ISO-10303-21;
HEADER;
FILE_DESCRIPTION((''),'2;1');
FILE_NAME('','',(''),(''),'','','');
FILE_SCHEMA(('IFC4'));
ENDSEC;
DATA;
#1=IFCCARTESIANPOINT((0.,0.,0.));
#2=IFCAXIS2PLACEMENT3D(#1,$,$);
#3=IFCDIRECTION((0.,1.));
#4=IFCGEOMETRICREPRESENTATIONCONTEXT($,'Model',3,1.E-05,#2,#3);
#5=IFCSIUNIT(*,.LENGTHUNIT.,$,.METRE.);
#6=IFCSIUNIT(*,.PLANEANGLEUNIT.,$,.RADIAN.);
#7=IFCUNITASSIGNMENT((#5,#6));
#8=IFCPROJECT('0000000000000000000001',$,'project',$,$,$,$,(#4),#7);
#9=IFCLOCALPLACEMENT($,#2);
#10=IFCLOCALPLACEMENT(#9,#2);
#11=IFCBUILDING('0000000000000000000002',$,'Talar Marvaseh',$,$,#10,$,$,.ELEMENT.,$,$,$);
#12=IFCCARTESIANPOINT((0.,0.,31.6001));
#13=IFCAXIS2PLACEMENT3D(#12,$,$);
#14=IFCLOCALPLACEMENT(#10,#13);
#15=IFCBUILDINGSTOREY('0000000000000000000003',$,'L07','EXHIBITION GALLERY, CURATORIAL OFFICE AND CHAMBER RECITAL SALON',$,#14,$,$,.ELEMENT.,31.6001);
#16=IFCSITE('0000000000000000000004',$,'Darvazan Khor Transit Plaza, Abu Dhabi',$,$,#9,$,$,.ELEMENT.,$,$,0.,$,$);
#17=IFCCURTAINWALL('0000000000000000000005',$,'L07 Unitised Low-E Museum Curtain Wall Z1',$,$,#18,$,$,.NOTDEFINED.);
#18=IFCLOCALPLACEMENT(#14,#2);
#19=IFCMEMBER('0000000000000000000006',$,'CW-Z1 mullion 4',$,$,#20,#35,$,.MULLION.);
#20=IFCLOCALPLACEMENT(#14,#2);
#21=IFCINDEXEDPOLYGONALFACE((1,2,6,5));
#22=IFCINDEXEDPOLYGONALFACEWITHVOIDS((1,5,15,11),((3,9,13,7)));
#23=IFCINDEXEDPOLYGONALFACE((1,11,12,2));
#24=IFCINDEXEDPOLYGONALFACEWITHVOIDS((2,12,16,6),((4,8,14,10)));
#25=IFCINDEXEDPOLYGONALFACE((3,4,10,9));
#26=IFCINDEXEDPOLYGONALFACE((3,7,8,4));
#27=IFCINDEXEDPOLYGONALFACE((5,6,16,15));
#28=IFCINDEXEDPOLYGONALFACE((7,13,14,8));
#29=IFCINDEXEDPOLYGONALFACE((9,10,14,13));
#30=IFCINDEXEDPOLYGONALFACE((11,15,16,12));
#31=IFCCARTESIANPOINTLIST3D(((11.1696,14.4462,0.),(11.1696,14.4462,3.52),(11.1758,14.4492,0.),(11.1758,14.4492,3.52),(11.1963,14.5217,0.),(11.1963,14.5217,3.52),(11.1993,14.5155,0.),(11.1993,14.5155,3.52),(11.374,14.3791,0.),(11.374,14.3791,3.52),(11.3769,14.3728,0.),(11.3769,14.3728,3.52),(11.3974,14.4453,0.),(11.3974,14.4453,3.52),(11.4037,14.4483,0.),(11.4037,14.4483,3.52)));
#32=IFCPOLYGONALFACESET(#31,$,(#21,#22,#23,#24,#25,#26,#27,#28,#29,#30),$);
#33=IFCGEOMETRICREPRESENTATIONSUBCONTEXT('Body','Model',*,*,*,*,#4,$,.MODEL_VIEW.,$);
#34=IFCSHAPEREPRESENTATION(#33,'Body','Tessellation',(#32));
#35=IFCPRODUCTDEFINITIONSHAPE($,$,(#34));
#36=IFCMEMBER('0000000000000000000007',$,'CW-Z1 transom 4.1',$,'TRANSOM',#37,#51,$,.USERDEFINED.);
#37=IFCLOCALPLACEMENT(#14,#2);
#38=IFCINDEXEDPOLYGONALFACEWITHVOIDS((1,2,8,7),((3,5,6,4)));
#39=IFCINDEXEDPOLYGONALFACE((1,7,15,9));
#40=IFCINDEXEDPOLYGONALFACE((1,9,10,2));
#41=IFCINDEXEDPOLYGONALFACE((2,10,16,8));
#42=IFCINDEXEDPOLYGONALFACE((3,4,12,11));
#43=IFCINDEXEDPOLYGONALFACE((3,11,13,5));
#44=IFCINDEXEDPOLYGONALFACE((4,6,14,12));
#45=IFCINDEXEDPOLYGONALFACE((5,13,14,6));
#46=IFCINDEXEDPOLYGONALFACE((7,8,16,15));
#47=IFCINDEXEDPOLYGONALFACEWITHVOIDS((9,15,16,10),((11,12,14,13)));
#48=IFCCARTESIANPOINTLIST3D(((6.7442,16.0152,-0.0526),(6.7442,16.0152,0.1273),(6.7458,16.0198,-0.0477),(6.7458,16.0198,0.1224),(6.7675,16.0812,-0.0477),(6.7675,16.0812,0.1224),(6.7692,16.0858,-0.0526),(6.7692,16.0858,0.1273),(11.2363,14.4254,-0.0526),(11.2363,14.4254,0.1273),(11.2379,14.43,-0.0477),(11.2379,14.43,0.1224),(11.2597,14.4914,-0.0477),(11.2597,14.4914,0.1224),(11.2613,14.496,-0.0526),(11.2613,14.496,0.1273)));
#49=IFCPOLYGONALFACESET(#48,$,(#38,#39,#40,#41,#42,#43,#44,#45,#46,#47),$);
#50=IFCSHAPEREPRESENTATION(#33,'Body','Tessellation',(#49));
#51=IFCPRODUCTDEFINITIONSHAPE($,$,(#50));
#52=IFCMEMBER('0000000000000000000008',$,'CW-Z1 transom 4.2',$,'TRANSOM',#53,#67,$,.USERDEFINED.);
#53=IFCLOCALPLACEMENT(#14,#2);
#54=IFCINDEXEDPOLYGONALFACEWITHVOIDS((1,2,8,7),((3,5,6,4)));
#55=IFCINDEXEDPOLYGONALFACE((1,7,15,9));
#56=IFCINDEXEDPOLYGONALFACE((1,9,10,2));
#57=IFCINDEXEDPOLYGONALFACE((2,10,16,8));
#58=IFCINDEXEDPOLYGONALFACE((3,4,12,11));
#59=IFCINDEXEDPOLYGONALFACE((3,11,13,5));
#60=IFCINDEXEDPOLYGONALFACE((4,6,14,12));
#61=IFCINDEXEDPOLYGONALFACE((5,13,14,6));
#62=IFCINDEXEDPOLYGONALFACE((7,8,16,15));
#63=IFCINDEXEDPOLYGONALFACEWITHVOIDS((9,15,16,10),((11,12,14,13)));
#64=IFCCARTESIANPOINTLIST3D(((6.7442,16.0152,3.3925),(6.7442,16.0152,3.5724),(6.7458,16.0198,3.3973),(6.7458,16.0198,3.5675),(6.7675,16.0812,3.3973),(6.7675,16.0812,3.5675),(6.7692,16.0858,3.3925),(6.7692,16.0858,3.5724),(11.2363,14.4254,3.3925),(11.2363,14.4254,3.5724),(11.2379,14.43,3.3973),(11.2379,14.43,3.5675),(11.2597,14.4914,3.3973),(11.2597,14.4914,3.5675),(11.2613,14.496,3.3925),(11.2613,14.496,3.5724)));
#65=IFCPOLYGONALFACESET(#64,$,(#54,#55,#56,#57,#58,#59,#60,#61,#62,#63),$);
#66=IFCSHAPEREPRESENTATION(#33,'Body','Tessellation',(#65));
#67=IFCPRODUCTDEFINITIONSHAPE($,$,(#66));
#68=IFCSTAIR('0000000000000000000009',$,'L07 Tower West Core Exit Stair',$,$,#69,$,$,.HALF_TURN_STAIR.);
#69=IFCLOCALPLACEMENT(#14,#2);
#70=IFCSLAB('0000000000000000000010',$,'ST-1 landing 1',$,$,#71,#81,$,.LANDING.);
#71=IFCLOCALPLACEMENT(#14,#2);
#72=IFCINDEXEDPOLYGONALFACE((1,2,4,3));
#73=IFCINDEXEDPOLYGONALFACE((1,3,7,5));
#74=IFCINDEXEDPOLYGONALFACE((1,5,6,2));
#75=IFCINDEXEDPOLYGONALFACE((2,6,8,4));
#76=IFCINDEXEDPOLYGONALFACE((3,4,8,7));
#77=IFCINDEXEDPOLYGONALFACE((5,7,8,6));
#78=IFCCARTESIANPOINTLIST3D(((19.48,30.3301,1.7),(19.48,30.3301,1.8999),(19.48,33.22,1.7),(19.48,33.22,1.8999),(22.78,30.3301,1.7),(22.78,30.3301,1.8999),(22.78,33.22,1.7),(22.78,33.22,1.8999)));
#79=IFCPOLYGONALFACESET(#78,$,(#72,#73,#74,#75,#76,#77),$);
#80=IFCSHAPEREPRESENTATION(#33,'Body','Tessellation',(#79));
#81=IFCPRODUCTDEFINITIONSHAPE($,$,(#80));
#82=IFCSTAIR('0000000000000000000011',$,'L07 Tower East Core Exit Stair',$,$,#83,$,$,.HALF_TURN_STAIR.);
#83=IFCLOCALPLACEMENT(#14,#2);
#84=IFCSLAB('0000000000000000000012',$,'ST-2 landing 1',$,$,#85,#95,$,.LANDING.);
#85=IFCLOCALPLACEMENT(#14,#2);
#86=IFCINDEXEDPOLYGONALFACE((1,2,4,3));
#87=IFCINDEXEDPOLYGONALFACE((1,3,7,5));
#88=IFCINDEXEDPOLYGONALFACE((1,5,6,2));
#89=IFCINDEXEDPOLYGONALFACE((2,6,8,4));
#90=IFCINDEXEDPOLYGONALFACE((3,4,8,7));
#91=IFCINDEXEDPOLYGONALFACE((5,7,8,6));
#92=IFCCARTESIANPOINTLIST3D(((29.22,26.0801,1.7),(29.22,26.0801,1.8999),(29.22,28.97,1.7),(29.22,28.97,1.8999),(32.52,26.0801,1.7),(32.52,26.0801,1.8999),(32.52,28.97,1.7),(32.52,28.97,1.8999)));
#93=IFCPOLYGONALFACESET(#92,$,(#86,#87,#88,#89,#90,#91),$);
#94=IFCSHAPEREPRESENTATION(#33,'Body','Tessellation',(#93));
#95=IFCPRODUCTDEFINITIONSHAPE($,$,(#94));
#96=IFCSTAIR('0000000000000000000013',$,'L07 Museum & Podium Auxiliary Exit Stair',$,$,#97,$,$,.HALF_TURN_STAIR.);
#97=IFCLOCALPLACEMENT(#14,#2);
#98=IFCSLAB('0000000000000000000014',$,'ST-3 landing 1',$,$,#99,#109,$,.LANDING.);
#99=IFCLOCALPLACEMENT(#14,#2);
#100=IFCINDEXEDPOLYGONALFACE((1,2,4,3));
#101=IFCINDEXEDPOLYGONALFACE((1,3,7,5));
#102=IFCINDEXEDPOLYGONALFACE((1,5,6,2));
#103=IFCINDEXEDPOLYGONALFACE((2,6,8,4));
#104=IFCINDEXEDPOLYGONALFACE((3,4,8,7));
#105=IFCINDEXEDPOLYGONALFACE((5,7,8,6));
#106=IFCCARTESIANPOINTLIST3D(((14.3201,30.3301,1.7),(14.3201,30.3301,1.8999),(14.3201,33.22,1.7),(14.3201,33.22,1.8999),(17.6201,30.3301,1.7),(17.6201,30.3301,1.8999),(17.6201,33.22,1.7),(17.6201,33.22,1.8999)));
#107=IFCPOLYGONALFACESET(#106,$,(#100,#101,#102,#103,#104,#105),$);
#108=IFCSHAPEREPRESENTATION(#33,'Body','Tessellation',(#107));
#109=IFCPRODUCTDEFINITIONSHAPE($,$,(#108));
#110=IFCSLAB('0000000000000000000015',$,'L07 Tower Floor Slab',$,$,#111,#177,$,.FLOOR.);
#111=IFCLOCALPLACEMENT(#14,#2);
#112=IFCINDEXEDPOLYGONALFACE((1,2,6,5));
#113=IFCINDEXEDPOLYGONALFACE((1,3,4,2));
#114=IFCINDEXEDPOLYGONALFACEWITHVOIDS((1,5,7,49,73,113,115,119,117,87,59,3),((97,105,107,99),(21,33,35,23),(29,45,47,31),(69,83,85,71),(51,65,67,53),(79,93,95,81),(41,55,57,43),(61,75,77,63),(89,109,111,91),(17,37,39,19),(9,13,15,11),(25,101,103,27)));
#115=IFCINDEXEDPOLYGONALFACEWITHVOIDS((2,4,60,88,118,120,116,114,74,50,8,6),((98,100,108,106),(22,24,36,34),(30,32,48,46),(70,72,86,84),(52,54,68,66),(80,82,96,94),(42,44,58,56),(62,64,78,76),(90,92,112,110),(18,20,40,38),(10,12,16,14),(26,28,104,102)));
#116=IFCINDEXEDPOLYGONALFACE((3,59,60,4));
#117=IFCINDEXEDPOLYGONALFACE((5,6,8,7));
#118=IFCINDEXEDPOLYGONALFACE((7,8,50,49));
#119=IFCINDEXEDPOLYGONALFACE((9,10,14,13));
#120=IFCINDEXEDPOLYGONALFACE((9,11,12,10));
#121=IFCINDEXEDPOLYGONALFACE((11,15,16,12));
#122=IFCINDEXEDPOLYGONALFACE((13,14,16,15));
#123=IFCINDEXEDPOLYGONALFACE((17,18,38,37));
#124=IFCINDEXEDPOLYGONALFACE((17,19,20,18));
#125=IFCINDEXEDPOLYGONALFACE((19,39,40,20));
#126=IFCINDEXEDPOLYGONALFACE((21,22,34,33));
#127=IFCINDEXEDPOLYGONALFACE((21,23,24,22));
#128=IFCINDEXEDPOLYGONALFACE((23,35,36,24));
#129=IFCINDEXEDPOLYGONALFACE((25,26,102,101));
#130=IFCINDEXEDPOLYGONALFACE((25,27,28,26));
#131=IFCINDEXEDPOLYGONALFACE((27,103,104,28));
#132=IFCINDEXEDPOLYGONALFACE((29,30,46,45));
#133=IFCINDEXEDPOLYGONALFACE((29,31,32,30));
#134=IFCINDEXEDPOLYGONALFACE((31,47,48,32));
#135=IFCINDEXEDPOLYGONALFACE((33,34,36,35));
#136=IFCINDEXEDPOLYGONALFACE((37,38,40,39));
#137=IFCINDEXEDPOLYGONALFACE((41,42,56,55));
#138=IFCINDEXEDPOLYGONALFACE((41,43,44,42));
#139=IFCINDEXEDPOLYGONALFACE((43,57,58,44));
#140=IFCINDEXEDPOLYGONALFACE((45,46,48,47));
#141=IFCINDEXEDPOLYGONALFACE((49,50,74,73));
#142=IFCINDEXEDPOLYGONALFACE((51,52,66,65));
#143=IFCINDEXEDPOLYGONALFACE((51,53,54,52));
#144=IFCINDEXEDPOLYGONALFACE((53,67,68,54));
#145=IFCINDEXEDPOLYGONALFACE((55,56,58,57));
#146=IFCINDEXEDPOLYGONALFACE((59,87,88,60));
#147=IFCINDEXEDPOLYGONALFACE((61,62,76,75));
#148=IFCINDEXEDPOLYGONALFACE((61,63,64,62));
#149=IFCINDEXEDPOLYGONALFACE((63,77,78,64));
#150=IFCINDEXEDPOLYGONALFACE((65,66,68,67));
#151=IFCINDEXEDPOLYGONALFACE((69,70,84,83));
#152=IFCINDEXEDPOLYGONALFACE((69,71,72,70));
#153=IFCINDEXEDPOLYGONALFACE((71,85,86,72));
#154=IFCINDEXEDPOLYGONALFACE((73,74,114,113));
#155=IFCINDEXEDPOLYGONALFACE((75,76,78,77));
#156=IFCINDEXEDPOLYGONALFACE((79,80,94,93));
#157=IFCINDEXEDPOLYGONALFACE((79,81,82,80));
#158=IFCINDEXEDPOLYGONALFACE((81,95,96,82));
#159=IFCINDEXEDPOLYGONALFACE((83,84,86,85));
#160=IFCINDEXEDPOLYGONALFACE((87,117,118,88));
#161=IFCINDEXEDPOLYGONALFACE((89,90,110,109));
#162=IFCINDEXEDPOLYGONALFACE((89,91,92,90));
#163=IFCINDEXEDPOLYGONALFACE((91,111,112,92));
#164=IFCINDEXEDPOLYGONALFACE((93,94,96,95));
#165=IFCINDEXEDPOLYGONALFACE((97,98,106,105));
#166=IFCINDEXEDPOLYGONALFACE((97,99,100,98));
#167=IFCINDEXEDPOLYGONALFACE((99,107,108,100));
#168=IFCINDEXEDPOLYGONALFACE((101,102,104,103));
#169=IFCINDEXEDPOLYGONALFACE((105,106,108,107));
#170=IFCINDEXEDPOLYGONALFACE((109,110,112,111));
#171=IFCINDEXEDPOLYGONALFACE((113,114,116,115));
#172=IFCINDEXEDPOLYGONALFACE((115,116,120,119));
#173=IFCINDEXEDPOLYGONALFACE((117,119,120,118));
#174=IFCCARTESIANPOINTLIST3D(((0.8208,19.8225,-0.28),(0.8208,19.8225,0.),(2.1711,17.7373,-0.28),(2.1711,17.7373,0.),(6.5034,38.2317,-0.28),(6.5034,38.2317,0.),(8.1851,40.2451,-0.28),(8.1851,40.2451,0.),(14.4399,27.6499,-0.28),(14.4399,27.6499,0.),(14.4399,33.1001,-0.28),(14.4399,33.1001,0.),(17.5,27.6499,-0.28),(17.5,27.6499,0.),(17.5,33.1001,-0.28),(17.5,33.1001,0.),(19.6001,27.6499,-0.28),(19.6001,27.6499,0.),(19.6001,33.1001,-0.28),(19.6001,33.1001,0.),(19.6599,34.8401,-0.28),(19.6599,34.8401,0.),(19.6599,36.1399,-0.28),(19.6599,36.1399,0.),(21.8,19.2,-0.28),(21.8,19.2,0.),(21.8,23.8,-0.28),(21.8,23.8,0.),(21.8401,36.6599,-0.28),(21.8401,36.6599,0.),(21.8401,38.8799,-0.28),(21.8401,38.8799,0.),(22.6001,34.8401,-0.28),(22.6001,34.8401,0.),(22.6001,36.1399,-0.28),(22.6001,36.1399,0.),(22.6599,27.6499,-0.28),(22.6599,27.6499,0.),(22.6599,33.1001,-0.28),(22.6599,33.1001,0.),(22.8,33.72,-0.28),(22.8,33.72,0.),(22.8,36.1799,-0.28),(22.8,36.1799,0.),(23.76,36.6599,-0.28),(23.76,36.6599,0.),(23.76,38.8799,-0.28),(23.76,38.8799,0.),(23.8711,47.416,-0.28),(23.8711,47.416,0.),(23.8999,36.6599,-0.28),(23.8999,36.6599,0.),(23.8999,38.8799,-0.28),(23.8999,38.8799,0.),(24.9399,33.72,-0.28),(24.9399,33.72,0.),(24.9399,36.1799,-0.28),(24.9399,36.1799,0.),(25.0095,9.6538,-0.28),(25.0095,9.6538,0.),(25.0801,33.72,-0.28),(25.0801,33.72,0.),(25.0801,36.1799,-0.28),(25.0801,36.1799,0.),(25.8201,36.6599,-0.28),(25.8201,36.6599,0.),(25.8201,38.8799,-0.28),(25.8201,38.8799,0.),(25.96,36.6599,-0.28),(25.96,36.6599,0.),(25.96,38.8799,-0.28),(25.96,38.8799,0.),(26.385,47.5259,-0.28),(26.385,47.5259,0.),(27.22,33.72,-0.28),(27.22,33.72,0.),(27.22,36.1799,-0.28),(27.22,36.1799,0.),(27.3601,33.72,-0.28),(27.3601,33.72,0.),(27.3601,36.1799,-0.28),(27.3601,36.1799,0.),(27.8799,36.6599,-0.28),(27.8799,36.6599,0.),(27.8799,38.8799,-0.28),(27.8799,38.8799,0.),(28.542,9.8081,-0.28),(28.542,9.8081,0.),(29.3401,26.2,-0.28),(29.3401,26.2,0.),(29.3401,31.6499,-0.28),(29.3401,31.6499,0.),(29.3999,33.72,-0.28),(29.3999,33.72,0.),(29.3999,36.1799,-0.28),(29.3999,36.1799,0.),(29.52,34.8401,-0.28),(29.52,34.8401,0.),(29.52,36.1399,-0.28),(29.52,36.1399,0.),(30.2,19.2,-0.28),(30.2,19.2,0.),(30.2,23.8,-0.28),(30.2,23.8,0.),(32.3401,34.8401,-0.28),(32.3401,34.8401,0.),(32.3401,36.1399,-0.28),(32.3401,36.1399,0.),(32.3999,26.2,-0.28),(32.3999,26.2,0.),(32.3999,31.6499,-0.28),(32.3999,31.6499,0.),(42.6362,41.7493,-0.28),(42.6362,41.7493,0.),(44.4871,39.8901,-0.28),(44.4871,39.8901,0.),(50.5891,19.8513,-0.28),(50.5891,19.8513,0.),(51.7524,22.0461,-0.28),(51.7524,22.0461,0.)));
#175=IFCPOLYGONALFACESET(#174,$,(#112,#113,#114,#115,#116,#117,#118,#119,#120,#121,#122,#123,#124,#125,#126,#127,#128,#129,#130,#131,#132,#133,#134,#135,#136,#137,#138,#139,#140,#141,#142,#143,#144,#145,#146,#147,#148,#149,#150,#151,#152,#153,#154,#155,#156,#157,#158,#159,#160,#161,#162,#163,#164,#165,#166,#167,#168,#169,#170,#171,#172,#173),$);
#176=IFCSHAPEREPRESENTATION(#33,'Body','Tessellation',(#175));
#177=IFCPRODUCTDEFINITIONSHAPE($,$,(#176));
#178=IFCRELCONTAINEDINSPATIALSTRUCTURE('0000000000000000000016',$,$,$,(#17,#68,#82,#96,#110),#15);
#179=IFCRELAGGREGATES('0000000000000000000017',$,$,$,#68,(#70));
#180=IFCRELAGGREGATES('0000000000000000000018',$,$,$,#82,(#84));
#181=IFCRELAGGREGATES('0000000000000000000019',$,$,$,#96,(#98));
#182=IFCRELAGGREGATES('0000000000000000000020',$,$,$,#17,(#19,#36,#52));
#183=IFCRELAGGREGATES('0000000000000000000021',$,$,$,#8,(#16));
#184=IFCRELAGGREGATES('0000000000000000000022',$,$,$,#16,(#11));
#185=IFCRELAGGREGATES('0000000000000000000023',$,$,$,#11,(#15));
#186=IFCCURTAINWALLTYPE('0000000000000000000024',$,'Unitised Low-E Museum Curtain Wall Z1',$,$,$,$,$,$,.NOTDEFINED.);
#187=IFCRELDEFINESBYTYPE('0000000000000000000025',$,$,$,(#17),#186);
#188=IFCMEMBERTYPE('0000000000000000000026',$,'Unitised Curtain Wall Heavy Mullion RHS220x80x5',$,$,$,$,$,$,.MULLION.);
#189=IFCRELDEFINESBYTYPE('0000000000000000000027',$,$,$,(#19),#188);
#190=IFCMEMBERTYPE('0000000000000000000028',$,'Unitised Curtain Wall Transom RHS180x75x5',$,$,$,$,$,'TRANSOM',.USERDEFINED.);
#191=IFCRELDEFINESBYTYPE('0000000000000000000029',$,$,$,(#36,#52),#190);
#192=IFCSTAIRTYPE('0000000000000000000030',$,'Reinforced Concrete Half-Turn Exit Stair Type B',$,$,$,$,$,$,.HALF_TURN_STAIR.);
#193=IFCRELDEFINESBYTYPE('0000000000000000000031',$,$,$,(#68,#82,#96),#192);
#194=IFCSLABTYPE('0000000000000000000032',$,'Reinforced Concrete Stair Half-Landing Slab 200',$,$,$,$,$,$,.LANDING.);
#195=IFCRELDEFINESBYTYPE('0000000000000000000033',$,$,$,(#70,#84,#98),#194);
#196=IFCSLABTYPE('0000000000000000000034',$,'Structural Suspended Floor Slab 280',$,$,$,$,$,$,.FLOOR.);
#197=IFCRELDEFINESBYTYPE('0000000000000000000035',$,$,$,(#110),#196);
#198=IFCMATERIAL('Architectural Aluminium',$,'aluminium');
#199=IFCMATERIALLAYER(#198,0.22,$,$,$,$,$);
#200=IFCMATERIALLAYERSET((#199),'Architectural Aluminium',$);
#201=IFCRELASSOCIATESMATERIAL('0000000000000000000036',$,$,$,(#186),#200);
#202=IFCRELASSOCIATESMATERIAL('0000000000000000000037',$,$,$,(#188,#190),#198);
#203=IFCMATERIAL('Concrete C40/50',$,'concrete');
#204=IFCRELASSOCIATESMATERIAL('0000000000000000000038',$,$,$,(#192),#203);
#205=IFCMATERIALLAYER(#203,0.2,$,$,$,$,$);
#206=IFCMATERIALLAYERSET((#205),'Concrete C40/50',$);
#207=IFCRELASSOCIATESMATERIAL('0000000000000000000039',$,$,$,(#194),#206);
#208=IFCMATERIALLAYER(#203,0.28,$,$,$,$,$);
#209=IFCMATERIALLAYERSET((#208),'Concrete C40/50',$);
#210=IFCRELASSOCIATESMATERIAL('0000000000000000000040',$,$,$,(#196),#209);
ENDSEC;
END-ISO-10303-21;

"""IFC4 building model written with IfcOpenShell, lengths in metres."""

from ifc_helpers import new_model, si_unit, direction, frame, origin, origin_2d, place, context, subcontext, project, spatial, polyline, hollow_rectangle, outline, extrude, source, transform, mapped, material, layer, layer_set, material_profile, profile_set, type_object, type_shapes, element, aggregate, save


model = new_model("IFC4")

# Units and contexts
model_context = context("Model", 3, precision=1e-05, world=origin(), true_north=direction((0.0, 1.0)))
body_context = subcontext(model_context, "Body", "Model", "MODEL_VIEW")
ifc_project = project(units=[si_unit("LENGTHUNIT", "METRE"), si_unit("PLANEANGLEUNIT", "RADIAN")], contexts=[model_context])

# Site, building, storey
site_placement = place(None, origin())
site = spatial("IfcSite", under=ifc_project, at=site_placement, Name="Darvazan Khor Transit Plaza, Abu Dhabi", CompositionType="ELEMENT", RefElevation=0.0)
building_placement = place(site_placement, origin())
building = spatial("IfcBuilding", under=site, at=building_placement, Name="Talar Marvaseh", CompositionType="ELEMENT")
storey_placement = place(building_placement, frame((0.0, 0.0, 31.6001)))
storey = spatial("IfcBuildingStorey", under=building, at=storey_placement, Name="L07", Description="EXHIBITION GALLERY, CURATORIAL OFFICE AND CHAMBER RECITAL SALON", CompositionType="ELEMENT", Elevation=31.6001)

# Curtain wall, members
ifc_material_1 = material(Name="Architectural Aluminium", Category="aluminium")
ifc_layer_1 = layer(ifc_material_1, 0.22)
ifc_layer_set_1 = layer_set([ifc_layer_1], Name="Architectural Aluminium")
curtain_wall_type = type_object("IfcCurtainWallType", Name="Unitised Low-E Museum Curtain Wall Z1", PredefinedType="NOTDEFINED", material=ifc_layer_set_1)
curtain_wall_placement = place(storey_placement, origin())
curtain_wall = element("IfcCurtainWall", 1, at=curtain_wall_placement, inside=storey, type_object=curtain_wall_type, Name="L07 Unitised Low-E Museum Curtain Wall Z1", PredefinedType="NOTDEFINED")
ifc_material_profile_1 = material_profile(ifc_material_1, hollow_rectangle(XDim=0.0801, YDim=0.22, WallThickness=0.0049, at=origin_2d()), Name="RHS220x80x5")
ifc_profile_set_1 = profile_set([ifc_material_profile_1], Name="Architectural Aluminium")
member_type_1 = type_object("IfcMemberType", Name="Unitised Curtain Wall Heavy Mullion RHS220x80x5", PredefinedType="MULLION", material=ifc_profile_set_1)
shared_shape_1 = source(origin(), body_context, "Body", "SweptSolid", [
    extrude(hollow_rectangle(XDim=0.0801, YDim=0.22, WallThickness=0.0049, at=origin_2d()), origin(), (0.0, 0.0, 1.0), 3.52),
])
type_shapes(member_type_1, [shared_shape_1])
member_1_placement = place(storey_placement, frame((11.2866, 14.4473, 0.0), z_axis=(0.0, 0.0, 1.0), x_axis=(-0.333661, -0.942693, 0.0)))
member_1 = element("IfcMember", 2, at=member_1_placement, type_object=member_type_1, Name="CW-Z1 mullion 4", PredefinedType="MULLION", context=body_context, shape_type="MappedRepresentation", body=[
    mapped(shared_shape_1, transform((0.0, 0.0, 0.0), x_axis=(1.0, 0.0, 0.0), y_axis=(0.0, 1.0, 0.0), z_axis=(0.0, 0.0, 1.0), scale=1.0)),
])
ifc_material_profile_2 = material_profile(ifc_material_1, hollow_rectangle(XDim=0.075, YDim=0.1799, WallThickness=0.0049, at=origin_2d()), Name="RHS180x75x5")
ifc_profile_set_2 = profile_set([ifc_material_profile_2], Name="Architectural Aluminium")
member_type_2 = type_object("IfcMemberType", Name="Unitised Curtain Wall Transom RHS180x75x5", ElementType="TRANSOM", PredefinedType="USERDEFINED", material=ifc_profile_set_2)
shared_shape_2 = source(origin(), body_context, "Body", "SweptSolid", [
    extrude(hollow_rectangle(XDim=0.075, YDim=0.1799, WallThickness=0.0049, at=origin_2d()), origin(), (0.0, 0.0, 1.0), 4.7651),
])
type_shapes(member_type_2, [shared_shape_2])
member_2_placement = place(storey_placement, frame((11.2488, 14.4607, 0.0374), z_axis=(-0.942702, 0.333635, 0.0), x_axis=(-0.333635, -0.942702, 0.0)))
member_2 = element("IfcMember", 3, at=member_2_placement, type_object=member_type_2, Name="CW-Z1 transom 4.1", ObjectType="TRANSOM", PredefinedType="USERDEFINED", context=body_context, shape_type="MappedRepresentation", body=[
    mapped(shared_shape_2, transform((0.0, 0.0, 0.0), x_axis=(1.0, 0.0, 0.0), y_axis=(0.0, 1.0, 0.0), z_axis=(0.0, 0.0, 1.0), scale=1.0)),
])
member_3_placement = place(storey_placement, frame((11.2488, 14.4607, 3.4824), z_axis=(-0.942702, 0.333635, 0.0), x_axis=(-0.333635, -0.942702, 0.0)))
member_3 = element("IfcMember", 4, at=member_3_placement, type_object=member_type_2, Name="CW-Z1 transom 4.2", ObjectType="TRANSOM", PredefinedType="USERDEFINED", context=body_context, shape_type="MappedRepresentation", body=[
    mapped(shared_shape_2, transform((0.0, 0.0, 0.0), x_axis=(1.0, 0.0, 0.0), y_axis=(0.0, 1.0, 0.0), z_axis=(0.0, 0.0, 1.0), scale=1.0)),
])

# Stairs, slabs
ifc_material_2 = material(Name="Concrete C40/50", Category="concrete")
stair_type = type_object("IfcStairType", Name="Reinforced Concrete Half-Turn Exit Stair Type B", PredefinedType="HALF_TURN_STAIR", material=ifc_material_2)
stair_1_placement = place(storey_placement, origin())
stair_1 = element("IfcStair", 5, at=stair_1_placement, inside=storey, type_object=stair_type, Name="L07 Tower West Core Exit Stair", PredefinedType="HALF_TURN_STAIR")
ifc_layer_2 = layer(ifc_material_2, 0.2)
ifc_layer_set_2 = layer_set([ifc_layer_2], Name="Concrete C40/50")
slab_type_1 = type_object("IfcSlabType", Name="Reinforced Concrete Stair Half-Landing Slab 200", PredefinedType="LANDING", material=ifc_layer_set_2)
slab_1_placement = place(storey_placement, frame((0.0, 0.0, 1.7)))
slab_1 = element("IfcSlab", 6, at=slab_1_placement, type_object=slab_type_1, Name="ST-1 landing 1", PredefinedType="LANDING", context=body_context, shape_type="SweptSolid", body=[
    extrude(outline(polyline([(22.78, 30.3301), (22.78, 33.22), (19.48, 33.22), (19.48, 30.3301), (22.78, 30.3301)])), origin(), (0.0, 0.0, 1.0), 0.2),
])
aggregate(stair_1, [slab_1])
stair_2_placement = place(storey_placement, origin())
stair_2 = element("IfcStair", 7, at=stair_2_placement, inside=storey, type_object=stair_type, Name="L07 Tower East Core Exit Stair", PredefinedType="HALF_TURN_STAIR")
slab_2_placement = place(storey_placement, frame((0.0, 0.0, 1.7)))
slab_2 = element("IfcSlab", 8, at=slab_2_placement, type_object=slab_type_1, Name="ST-2 landing 1", PredefinedType="LANDING", context=body_context, shape_type="SweptSolid", body=[
    extrude(outline(polyline([(29.22, 28.97), (29.22, 26.0801), (32.52, 26.0801), (32.52, 28.97), (29.22, 28.97)])), origin(), (0.0, 0.0, 1.0), 0.2),
])
aggregate(stair_2, [slab_2])
stair_3_placement = place(storey_placement, origin())
stair_3 = element("IfcStair", 9, at=stair_3_placement, inside=storey, type_object=stair_type, Name="L07 Museum & Podium Auxiliary Exit Stair", PredefinedType="HALF_TURN_STAIR")
slab_3_placement = place(storey_placement, frame((0.0, 0.0, 1.7)))
slab_3 = element("IfcSlab", 10, at=slab_3_placement, type_object=slab_type_1, Name="ST-3 landing 1", PredefinedType="LANDING", context=body_context, shape_type="SweptSolid", body=[
    extrude(outline(polyline([(17.6201, 30.3301), (17.6201, 33.22), (14.3201, 33.22), (14.3201, 30.3301), (17.6201, 30.3301)])), origin(), (0.0, 0.0, 1.0), 0.2),
])
aggregate(stair_3, [slab_3])

# Slab
ifc_layer_3 = layer(ifc_material_2, 0.28)
ifc_layer_set_3 = layer_set([ifc_layer_3], Name="Concrete C40/50")
slab_type_2 = type_object("IfcSlabType", Name="Structural Suspended Floor Slab 280", PredefinedType="FLOOR", material=ifc_layer_set_3)
slab_4_placement = place(storey_placement, frame((0.0, 0.0, -0.28)))
element("IfcSlab", 11, at=slab_4_placement, inside=storey, type_object=slab_type_2, Name="L07 Tower Floor Slab", PredefinedType="FLOOR", context=body_context, shape_type="SweptSolid", body=[
    extrude(outline(polyline([(2.1711, 17.7373), (0.8208, 19.8225), (6.5034, 38.2317), (8.1851, 40.2451), (23.8711, 47.416), (26.385, 47.5259), (42.6362, 41.7493), (44.4871, 39.8901), (51.7524, 22.0461), (50.5891, 19.8513), (28.542, 9.8081), (25.0095, 9.6538), (2.1711, 17.7373)]), holes=[polyline([(22.6599, 27.6499), (22.6599, 33.1001), (19.6001, 33.1001), (19.6001, 27.6499), (22.6599, 27.6499)]), polyline([(29.3401, 31.6499), (29.3401, 26.2), (32.3999, 26.2), (32.3999, 31.6499), (29.3401, 31.6499)]), polyline([(17.5, 27.6499), (17.5, 33.1001), (14.4399, 33.1001), (14.4399, 27.6499), (17.5, 27.6499)]), polyline([(22.8, 33.72), (24.9399, 33.72), (24.9399, 36.1799), (22.8, 36.1799), (22.8, 33.72)]), polyline([(25.0801, 33.72), (27.22, 33.72), (27.22, 36.1799), (25.0801, 36.1799), (25.0801, 33.72)]), polyline([(27.3601, 33.72), (29.3999, 33.72), (29.3999, 36.1799), (27.3601, 36.1799), (27.3601, 33.72)]), polyline([(21.8401, 36.6599), (23.76, 36.6599), (23.76, 38.8799), (21.8401, 38.8799), (21.8401, 36.6599)]), polyline([(23.8999, 36.6599), (25.8201, 36.6599), (25.8201, 38.8799), (23.8999, 38.8799), (23.8999, 36.6599)]), polyline([(25.96, 36.6599), (27.8799, 36.6599), (27.8799, 38.8799), (25.96, 38.8799), (25.96, 36.6599)]), polyline([(19.6599, 34.8401), (22.6001, 34.8401), (22.6001, 36.1399), (19.6599, 36.1399), (19.6599, 34.8401)]), polyline([(29.52, 34.8401), (32.3401, 34.8401), (32.3401, 36.1399), (29.52, 36.1399), (29.52, 34.8401)]), polyline([(21.8, 19.2), (30.2, 19.2), (30.2, 23.8), (21.8, 23.8), (21.8, 19.2)])]), origin(), (0.0, 0.0, 1.0), 0.28),
])

aggregate(curtain_wall, [member_1, member_2, member_3])

save(model, "model.ifc")
